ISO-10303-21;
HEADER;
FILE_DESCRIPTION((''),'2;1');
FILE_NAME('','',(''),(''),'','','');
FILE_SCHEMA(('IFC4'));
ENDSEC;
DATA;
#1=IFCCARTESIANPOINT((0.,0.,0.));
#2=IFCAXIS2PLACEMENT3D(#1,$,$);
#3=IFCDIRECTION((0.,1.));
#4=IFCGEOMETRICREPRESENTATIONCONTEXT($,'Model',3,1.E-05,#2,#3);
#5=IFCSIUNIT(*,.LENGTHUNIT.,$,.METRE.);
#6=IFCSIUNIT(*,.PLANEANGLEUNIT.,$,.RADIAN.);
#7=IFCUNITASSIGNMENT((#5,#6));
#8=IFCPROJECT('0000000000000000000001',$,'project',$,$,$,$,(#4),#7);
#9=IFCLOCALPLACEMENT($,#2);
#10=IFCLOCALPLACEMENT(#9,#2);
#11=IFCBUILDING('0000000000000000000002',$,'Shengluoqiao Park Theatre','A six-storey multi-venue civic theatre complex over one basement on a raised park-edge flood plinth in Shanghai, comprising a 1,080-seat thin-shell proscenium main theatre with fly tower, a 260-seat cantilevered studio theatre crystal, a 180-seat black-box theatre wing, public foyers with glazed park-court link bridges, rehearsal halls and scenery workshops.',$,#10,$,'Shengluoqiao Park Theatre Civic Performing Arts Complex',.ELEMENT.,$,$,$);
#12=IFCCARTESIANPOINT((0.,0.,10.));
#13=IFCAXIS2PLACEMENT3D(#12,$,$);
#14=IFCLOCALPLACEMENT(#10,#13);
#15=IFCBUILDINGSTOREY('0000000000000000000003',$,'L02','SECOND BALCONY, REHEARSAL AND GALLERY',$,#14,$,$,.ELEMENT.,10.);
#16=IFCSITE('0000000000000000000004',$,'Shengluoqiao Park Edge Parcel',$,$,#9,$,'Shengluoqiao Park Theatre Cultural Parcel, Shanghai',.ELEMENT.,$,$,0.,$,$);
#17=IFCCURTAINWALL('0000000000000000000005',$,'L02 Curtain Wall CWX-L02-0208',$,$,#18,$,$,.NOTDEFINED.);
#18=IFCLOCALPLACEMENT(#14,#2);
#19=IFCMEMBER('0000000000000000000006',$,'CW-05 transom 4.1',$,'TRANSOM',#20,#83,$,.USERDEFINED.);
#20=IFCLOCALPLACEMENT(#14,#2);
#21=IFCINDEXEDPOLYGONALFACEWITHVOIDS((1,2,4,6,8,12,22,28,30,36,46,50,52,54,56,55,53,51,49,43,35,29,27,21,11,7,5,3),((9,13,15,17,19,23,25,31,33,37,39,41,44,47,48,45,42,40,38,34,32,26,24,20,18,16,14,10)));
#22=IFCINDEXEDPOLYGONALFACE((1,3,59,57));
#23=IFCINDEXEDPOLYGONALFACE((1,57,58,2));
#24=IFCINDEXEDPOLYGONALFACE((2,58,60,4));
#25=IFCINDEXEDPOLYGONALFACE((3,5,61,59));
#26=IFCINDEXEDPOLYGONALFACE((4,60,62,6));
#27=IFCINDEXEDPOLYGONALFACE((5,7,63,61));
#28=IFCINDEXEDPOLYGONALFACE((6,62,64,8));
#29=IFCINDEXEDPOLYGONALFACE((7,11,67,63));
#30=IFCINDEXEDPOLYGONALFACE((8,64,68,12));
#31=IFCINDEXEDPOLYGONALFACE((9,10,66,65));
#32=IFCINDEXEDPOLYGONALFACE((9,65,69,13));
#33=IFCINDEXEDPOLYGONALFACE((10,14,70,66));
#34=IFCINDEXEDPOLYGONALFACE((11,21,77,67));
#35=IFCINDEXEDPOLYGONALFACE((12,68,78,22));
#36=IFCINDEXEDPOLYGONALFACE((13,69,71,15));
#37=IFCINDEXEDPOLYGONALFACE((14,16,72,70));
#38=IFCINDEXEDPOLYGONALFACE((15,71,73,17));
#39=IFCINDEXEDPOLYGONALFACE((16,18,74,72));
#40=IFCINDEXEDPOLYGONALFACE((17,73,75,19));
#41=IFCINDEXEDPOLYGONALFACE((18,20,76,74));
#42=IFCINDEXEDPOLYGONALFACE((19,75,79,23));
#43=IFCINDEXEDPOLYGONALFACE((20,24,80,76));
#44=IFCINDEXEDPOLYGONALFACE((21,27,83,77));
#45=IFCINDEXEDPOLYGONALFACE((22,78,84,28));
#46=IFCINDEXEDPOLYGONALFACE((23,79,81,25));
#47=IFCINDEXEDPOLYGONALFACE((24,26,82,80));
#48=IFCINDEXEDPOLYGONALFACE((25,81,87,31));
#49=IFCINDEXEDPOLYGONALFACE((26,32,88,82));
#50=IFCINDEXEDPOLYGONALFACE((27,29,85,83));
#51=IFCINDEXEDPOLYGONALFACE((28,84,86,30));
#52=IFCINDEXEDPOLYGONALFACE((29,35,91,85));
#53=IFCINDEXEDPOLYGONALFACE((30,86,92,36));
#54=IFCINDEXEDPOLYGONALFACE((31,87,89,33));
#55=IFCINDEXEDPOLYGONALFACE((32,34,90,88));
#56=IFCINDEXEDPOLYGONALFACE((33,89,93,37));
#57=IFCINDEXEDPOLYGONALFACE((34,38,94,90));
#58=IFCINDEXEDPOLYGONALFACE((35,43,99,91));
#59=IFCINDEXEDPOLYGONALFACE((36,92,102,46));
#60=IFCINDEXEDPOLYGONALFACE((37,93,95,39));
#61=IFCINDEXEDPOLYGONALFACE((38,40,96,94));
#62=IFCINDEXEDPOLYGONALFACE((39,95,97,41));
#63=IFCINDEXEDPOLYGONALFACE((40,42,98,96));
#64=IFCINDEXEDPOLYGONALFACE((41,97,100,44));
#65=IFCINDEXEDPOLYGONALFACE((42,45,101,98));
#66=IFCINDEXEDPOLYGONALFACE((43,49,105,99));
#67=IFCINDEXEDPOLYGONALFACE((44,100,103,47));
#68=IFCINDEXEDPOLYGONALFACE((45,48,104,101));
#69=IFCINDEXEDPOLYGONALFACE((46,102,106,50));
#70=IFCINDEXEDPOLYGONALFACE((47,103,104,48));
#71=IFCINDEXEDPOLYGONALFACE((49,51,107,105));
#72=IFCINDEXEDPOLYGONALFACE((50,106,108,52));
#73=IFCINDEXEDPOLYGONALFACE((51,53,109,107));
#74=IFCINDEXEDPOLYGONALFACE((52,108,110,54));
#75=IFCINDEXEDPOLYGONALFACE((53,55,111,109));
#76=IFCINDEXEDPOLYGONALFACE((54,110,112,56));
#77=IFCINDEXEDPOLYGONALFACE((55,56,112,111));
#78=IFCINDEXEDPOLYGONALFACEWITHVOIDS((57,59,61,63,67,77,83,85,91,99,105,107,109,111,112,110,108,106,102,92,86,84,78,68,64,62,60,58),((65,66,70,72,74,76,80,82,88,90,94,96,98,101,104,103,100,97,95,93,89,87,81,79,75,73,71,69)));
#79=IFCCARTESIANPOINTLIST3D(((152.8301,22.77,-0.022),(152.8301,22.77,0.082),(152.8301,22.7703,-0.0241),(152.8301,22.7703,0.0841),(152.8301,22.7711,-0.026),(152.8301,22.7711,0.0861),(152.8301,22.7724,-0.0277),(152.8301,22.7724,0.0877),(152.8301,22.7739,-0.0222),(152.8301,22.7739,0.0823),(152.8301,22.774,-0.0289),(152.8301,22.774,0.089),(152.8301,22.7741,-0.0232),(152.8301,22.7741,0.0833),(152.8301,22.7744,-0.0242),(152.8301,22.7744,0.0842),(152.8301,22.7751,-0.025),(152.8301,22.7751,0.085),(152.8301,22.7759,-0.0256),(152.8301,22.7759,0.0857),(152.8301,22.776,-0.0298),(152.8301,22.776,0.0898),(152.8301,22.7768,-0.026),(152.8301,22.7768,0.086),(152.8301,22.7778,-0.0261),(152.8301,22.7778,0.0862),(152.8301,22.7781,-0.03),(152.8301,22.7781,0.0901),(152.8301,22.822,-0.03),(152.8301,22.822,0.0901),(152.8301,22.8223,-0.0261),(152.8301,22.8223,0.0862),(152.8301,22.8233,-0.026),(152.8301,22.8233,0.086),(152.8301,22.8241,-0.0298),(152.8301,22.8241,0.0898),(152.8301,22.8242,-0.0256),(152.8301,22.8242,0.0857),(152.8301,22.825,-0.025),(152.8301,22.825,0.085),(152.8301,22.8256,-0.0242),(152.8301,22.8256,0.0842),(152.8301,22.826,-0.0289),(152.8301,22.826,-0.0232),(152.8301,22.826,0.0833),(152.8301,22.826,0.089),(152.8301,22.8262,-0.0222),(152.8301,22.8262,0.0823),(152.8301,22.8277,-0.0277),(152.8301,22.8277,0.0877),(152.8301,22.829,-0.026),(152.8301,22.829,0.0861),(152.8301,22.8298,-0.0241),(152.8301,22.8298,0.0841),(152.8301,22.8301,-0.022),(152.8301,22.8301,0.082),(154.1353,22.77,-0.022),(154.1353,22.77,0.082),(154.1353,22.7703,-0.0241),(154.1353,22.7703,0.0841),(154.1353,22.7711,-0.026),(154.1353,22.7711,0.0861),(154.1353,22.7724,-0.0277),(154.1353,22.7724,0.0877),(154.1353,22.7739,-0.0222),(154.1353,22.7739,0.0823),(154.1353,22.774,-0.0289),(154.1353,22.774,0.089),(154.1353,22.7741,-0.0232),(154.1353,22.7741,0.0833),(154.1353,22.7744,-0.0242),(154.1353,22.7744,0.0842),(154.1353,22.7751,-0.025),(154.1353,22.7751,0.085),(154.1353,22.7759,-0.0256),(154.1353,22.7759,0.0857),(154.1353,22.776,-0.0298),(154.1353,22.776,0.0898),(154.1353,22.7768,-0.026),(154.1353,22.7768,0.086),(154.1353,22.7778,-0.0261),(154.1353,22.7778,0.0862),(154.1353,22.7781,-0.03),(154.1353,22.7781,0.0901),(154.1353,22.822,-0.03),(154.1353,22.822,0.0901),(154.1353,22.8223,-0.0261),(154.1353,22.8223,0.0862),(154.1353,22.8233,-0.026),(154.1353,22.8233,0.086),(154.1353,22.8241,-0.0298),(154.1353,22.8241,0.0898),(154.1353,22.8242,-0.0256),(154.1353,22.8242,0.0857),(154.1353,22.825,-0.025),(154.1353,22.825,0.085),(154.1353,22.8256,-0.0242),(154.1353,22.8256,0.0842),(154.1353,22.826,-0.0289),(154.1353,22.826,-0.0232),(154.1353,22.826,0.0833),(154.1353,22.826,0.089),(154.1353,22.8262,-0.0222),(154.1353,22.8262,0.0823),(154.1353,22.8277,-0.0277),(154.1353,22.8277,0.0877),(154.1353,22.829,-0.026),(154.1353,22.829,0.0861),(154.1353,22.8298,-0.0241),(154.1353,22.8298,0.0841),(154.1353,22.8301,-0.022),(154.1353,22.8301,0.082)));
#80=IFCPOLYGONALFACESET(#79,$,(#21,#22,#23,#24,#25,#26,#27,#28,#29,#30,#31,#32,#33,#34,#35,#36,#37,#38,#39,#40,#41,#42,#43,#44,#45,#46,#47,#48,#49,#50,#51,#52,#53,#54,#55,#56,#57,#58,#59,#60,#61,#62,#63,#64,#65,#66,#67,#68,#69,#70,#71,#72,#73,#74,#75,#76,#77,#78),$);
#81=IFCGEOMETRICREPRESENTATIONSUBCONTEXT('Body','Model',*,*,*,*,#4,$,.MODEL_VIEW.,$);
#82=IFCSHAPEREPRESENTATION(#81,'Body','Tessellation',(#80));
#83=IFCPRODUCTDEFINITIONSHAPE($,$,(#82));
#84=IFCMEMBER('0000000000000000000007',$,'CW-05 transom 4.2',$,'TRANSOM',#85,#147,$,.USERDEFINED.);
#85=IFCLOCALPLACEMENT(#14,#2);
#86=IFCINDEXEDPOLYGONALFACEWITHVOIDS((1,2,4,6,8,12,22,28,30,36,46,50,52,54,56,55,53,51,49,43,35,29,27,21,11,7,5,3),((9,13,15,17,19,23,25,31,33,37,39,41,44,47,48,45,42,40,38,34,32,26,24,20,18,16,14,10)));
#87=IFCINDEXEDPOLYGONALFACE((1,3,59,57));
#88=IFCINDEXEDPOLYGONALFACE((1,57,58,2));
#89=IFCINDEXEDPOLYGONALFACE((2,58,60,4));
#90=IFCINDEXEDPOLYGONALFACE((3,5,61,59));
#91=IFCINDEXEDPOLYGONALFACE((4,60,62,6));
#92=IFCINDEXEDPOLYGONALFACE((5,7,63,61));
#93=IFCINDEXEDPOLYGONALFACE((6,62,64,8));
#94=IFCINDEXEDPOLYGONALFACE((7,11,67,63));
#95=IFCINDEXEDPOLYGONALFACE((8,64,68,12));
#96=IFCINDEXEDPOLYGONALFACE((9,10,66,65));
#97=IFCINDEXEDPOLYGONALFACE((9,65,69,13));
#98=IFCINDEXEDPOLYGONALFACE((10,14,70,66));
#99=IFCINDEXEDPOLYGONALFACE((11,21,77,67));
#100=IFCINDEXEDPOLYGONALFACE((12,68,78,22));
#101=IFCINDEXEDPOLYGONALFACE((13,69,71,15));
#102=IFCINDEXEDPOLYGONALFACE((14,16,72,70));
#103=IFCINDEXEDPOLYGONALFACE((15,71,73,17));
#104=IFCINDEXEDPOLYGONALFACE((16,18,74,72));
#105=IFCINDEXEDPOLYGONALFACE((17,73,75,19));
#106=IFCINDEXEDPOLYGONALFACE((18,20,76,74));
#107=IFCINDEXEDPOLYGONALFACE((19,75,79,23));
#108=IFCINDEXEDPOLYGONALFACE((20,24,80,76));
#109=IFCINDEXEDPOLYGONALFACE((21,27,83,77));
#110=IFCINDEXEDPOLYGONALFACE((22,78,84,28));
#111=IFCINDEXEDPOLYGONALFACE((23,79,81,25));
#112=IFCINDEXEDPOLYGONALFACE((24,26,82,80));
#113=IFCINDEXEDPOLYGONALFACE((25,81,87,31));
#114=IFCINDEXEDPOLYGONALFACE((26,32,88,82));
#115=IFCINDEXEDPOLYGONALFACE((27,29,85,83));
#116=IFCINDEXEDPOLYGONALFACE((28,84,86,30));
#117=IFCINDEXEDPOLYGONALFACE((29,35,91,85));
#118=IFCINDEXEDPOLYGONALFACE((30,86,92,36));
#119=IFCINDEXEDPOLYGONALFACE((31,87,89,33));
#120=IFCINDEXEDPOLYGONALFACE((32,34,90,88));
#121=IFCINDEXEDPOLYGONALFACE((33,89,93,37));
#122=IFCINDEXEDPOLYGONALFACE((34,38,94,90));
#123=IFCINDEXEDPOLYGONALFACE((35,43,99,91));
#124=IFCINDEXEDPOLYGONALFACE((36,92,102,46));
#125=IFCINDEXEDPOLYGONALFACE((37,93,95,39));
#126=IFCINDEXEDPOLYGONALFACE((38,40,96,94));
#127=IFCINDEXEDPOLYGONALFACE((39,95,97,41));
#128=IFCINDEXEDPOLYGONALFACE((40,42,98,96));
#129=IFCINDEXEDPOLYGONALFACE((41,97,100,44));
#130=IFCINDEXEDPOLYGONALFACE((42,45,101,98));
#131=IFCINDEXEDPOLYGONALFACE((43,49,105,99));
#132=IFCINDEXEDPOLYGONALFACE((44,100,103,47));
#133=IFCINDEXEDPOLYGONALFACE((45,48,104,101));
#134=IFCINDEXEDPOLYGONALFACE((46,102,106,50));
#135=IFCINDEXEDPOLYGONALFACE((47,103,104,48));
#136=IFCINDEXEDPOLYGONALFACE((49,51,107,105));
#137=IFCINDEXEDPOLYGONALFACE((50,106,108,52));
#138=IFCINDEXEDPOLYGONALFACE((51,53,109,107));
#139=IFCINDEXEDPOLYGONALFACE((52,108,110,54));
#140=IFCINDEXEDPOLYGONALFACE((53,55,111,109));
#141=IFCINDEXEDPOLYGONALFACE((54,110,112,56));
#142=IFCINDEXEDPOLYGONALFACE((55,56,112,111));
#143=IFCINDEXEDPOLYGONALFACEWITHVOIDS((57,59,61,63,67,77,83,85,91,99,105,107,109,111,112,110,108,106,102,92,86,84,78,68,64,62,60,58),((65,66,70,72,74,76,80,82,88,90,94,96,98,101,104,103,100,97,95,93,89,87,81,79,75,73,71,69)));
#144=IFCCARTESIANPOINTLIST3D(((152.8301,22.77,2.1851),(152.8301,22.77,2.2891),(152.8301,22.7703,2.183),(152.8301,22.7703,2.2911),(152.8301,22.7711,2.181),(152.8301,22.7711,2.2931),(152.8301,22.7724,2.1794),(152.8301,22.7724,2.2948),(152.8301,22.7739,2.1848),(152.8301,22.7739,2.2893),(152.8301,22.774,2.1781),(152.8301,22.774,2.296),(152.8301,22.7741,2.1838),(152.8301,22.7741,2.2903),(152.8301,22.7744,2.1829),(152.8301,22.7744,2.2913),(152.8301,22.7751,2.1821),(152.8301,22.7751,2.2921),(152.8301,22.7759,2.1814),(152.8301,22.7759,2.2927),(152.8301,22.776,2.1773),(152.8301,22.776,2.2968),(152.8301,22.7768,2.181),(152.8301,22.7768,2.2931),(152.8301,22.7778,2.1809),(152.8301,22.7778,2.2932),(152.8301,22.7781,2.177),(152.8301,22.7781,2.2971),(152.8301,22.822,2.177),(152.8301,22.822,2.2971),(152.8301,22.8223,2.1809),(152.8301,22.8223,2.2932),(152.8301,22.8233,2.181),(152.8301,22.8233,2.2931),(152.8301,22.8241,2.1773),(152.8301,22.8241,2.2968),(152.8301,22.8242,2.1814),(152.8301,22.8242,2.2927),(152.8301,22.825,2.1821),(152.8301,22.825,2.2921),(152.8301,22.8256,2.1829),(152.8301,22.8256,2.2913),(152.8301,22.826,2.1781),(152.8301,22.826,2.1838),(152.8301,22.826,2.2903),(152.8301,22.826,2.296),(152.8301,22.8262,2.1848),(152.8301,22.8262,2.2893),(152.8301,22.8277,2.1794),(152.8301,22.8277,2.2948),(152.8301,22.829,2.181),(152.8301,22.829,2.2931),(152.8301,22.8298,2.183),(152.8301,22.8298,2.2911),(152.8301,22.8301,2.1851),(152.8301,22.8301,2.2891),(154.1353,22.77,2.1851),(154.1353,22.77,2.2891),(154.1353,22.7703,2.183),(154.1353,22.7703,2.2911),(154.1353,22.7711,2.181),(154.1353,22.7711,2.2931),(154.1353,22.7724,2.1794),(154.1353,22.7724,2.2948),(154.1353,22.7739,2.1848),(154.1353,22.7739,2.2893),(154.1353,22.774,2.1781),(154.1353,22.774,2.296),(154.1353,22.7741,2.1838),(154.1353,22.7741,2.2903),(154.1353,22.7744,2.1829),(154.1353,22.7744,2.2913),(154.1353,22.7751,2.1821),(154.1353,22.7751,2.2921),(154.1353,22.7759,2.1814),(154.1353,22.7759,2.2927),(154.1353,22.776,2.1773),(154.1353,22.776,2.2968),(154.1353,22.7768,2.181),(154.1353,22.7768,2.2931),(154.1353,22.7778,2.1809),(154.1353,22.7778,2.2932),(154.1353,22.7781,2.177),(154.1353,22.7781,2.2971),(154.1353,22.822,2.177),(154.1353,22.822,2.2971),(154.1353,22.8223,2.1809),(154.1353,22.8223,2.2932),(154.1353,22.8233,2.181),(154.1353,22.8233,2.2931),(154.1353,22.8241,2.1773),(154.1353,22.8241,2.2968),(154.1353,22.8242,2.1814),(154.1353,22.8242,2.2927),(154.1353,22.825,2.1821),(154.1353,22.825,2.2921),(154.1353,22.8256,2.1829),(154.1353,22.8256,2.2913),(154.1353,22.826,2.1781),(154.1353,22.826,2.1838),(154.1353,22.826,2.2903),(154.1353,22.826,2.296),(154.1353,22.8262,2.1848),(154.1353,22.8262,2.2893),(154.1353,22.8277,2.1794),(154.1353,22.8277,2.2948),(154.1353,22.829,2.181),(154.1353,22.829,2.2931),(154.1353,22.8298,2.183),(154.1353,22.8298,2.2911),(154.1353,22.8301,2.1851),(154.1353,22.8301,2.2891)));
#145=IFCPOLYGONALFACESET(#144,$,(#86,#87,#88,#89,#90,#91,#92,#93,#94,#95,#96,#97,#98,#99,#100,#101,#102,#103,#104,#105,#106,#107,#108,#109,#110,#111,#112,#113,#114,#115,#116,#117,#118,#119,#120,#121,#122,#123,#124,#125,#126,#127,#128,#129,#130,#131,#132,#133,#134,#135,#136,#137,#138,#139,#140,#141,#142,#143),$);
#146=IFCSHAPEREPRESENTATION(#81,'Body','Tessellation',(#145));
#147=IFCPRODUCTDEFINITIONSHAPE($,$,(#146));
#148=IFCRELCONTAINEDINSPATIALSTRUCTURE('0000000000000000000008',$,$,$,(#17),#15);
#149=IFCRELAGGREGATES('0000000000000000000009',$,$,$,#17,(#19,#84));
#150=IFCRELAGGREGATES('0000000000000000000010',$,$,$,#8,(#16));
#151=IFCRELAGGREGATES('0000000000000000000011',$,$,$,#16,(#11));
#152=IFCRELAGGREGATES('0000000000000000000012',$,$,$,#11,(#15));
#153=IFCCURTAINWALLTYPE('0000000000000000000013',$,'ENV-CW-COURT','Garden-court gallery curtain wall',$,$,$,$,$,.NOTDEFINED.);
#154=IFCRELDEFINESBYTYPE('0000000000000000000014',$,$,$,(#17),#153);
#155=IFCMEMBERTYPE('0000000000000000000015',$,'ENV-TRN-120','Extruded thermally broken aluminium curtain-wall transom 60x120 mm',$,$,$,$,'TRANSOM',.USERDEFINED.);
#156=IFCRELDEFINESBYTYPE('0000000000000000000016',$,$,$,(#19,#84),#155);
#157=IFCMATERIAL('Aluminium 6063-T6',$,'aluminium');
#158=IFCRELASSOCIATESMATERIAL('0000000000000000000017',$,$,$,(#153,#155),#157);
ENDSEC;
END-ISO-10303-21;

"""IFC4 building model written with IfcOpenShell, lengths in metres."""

from ifc_helpers import new_model, si_unit, direction, frame, origin, origin_2d, place, context, subcontext, project, spatial, hollow_rectangle, extrude, material, material_profile, profile_set, type_object, element, aggregate, save


model = new_model("IFC4")

# Units and contexts
model_context = context("Model", 3, precision=1e-05, world=origin(), true_north=direction((0.0, 1.0)))
body_context = subcontext(model_context, "Body", "Model", "MODEL_VIEW")
ifc_project = project(units=[si_unit("LENGTHUNIT", "METRE"), si_unit("PLANEANGLEUNIT", "RADIAN")], contexts=[model_context])

# Site, building, storey
site_placement = place(None, origin())
site = spatial("IfcSite", under=ifc_project, at=site_placement, Name="Shengluoqiao Park Edge Parcel", LongName="Shengluoqiao Park Theatre Cultural Parcel, Shanghai", CompositionType="ELEMENT", RefElevation=0.0)
building_placement = place(site_placement, origin())
building = spatial("IfcBuilding", under=site, at=building_placement, Name="Shengluoqiao Park Theatre", Description="A six-storey multi-venue civic theatre complex over one basement on a raised park-edge flood plinth in Shanghai, comprising a 1,080-seat thin-shell proscenium main theatre with fly tower, a 260-seat cantilevered studio theatre crystal, a 180-seat black-box theatre wing, public foyers with glazed park-court link bridges, rehearsal halls and scenery workshops.", LongName="Shengluoqiao Park Theatre Civic Performing Arts Complex", CompositionType="ELEMENT")
storey_placement = place(building_placement, frame((0.0, 0.0, 10.0)))
storey = spatial("IfcBuildingStorey", under=building, at=storey_placement, Name="L02", Description="SECOND BALCONY, REHEARSAL AND GALLERY", CompositionType="ELEMENT", Elevation=10.0)

# Curtain wall, members
ifc_material_1 = material(Name="Aluminium 6063-T6", Category="aluminium")
curtain_wall_type = type_object("IfcCurtainWallType", Name="ENV-CW-COURT", Description="Garden-court gallery curtain wall", PredefinedType="NOTDEFINED", material=ifc_material_1)
curtain_wall_placement = place(storey_placement, origin())
curtain_wall = element("IfcCurtainWall", 1, at=curtain_wall_placement, inside=storey, type_object=curtain_wall_type, Name="L02 Curtain Wall CWX-L02-0208", PredefinedType="NOTDEFINED")
ifc_material_profile_1 = material_profile(ifc_material_1, hollow_rectangle(XDim=0.0601, YDim=0.1201, WallThickness=0.0039, InnerFilletRadius=0.0039, OuterFilletRadius=0.0081, at=origin_2d()), Name="ALU TRANSOM 120x60x4")
ifc_profile_set_1 = profile_set([ifc_material_profile_1], Name="Aluminium 6063-T6")
member_type_1 = type_object("IfcMemberType", Name="ENV-TRN-120", Description="Extruded thermally broken aluminium curtain-wall transom 60x120 mm", ElementType="TRANSOM", PredefinedType="USERDEFINED", material=ifc_profile_set_1)
member_1_placement = place(storey_placement, frame((152.8301, 22.8, 0.03), z_axis=(1.0, 0.0, 0.0), x_axis=(0.0, 1.0, 0.0)))
member_1 = element("IfcMember", 2, at=member_1_placement, type_object=member_type_1, Name="CW-05 transom 4.1", ObjectType="TRANSOM", PredefinedType="USERDEFINED", context=body_context, shape_type="SweptSolid", body=[
    extrude(hollow_rectangle(XDim=0.0601, YDim=0.1201, WallThickness=0.0039, InnerFilletRadius=0.0039, OuterFilletRadius=0.0081, at=origin_2d()), origin(), (0.0, 0.0, 1.0), 1.3052),
])
member_2_placement = place(storey_placement, frame((152.8301, 22.8, 2.2371), z_axis=(1.0, 0.0, 0.0), x_axis=(0.0, 1.0, 0.0)))
member_2 = element("IfcMember", 3, at=member_2_placement, type_object=member_type_1, Name="CW-05 transom 4.2", ObjectType="TRANSOM", PredefinedType="USERDEFINED", context=body_context, shape_type="SweptSolid", body=[
    extrude(hollow_rectangle(XDim=0.0601, YDim=0.1201, WallThickness=0.0039, InnerFilletRadius=0.0039, OuterFilletRadius=0.0081, at=origin_2d()), origin(), (0.0, 0.0, 1.0), 1.3052),
])

aggregate(curtain_wall, [member_1, member_2])

save(model, "model.ifc")
